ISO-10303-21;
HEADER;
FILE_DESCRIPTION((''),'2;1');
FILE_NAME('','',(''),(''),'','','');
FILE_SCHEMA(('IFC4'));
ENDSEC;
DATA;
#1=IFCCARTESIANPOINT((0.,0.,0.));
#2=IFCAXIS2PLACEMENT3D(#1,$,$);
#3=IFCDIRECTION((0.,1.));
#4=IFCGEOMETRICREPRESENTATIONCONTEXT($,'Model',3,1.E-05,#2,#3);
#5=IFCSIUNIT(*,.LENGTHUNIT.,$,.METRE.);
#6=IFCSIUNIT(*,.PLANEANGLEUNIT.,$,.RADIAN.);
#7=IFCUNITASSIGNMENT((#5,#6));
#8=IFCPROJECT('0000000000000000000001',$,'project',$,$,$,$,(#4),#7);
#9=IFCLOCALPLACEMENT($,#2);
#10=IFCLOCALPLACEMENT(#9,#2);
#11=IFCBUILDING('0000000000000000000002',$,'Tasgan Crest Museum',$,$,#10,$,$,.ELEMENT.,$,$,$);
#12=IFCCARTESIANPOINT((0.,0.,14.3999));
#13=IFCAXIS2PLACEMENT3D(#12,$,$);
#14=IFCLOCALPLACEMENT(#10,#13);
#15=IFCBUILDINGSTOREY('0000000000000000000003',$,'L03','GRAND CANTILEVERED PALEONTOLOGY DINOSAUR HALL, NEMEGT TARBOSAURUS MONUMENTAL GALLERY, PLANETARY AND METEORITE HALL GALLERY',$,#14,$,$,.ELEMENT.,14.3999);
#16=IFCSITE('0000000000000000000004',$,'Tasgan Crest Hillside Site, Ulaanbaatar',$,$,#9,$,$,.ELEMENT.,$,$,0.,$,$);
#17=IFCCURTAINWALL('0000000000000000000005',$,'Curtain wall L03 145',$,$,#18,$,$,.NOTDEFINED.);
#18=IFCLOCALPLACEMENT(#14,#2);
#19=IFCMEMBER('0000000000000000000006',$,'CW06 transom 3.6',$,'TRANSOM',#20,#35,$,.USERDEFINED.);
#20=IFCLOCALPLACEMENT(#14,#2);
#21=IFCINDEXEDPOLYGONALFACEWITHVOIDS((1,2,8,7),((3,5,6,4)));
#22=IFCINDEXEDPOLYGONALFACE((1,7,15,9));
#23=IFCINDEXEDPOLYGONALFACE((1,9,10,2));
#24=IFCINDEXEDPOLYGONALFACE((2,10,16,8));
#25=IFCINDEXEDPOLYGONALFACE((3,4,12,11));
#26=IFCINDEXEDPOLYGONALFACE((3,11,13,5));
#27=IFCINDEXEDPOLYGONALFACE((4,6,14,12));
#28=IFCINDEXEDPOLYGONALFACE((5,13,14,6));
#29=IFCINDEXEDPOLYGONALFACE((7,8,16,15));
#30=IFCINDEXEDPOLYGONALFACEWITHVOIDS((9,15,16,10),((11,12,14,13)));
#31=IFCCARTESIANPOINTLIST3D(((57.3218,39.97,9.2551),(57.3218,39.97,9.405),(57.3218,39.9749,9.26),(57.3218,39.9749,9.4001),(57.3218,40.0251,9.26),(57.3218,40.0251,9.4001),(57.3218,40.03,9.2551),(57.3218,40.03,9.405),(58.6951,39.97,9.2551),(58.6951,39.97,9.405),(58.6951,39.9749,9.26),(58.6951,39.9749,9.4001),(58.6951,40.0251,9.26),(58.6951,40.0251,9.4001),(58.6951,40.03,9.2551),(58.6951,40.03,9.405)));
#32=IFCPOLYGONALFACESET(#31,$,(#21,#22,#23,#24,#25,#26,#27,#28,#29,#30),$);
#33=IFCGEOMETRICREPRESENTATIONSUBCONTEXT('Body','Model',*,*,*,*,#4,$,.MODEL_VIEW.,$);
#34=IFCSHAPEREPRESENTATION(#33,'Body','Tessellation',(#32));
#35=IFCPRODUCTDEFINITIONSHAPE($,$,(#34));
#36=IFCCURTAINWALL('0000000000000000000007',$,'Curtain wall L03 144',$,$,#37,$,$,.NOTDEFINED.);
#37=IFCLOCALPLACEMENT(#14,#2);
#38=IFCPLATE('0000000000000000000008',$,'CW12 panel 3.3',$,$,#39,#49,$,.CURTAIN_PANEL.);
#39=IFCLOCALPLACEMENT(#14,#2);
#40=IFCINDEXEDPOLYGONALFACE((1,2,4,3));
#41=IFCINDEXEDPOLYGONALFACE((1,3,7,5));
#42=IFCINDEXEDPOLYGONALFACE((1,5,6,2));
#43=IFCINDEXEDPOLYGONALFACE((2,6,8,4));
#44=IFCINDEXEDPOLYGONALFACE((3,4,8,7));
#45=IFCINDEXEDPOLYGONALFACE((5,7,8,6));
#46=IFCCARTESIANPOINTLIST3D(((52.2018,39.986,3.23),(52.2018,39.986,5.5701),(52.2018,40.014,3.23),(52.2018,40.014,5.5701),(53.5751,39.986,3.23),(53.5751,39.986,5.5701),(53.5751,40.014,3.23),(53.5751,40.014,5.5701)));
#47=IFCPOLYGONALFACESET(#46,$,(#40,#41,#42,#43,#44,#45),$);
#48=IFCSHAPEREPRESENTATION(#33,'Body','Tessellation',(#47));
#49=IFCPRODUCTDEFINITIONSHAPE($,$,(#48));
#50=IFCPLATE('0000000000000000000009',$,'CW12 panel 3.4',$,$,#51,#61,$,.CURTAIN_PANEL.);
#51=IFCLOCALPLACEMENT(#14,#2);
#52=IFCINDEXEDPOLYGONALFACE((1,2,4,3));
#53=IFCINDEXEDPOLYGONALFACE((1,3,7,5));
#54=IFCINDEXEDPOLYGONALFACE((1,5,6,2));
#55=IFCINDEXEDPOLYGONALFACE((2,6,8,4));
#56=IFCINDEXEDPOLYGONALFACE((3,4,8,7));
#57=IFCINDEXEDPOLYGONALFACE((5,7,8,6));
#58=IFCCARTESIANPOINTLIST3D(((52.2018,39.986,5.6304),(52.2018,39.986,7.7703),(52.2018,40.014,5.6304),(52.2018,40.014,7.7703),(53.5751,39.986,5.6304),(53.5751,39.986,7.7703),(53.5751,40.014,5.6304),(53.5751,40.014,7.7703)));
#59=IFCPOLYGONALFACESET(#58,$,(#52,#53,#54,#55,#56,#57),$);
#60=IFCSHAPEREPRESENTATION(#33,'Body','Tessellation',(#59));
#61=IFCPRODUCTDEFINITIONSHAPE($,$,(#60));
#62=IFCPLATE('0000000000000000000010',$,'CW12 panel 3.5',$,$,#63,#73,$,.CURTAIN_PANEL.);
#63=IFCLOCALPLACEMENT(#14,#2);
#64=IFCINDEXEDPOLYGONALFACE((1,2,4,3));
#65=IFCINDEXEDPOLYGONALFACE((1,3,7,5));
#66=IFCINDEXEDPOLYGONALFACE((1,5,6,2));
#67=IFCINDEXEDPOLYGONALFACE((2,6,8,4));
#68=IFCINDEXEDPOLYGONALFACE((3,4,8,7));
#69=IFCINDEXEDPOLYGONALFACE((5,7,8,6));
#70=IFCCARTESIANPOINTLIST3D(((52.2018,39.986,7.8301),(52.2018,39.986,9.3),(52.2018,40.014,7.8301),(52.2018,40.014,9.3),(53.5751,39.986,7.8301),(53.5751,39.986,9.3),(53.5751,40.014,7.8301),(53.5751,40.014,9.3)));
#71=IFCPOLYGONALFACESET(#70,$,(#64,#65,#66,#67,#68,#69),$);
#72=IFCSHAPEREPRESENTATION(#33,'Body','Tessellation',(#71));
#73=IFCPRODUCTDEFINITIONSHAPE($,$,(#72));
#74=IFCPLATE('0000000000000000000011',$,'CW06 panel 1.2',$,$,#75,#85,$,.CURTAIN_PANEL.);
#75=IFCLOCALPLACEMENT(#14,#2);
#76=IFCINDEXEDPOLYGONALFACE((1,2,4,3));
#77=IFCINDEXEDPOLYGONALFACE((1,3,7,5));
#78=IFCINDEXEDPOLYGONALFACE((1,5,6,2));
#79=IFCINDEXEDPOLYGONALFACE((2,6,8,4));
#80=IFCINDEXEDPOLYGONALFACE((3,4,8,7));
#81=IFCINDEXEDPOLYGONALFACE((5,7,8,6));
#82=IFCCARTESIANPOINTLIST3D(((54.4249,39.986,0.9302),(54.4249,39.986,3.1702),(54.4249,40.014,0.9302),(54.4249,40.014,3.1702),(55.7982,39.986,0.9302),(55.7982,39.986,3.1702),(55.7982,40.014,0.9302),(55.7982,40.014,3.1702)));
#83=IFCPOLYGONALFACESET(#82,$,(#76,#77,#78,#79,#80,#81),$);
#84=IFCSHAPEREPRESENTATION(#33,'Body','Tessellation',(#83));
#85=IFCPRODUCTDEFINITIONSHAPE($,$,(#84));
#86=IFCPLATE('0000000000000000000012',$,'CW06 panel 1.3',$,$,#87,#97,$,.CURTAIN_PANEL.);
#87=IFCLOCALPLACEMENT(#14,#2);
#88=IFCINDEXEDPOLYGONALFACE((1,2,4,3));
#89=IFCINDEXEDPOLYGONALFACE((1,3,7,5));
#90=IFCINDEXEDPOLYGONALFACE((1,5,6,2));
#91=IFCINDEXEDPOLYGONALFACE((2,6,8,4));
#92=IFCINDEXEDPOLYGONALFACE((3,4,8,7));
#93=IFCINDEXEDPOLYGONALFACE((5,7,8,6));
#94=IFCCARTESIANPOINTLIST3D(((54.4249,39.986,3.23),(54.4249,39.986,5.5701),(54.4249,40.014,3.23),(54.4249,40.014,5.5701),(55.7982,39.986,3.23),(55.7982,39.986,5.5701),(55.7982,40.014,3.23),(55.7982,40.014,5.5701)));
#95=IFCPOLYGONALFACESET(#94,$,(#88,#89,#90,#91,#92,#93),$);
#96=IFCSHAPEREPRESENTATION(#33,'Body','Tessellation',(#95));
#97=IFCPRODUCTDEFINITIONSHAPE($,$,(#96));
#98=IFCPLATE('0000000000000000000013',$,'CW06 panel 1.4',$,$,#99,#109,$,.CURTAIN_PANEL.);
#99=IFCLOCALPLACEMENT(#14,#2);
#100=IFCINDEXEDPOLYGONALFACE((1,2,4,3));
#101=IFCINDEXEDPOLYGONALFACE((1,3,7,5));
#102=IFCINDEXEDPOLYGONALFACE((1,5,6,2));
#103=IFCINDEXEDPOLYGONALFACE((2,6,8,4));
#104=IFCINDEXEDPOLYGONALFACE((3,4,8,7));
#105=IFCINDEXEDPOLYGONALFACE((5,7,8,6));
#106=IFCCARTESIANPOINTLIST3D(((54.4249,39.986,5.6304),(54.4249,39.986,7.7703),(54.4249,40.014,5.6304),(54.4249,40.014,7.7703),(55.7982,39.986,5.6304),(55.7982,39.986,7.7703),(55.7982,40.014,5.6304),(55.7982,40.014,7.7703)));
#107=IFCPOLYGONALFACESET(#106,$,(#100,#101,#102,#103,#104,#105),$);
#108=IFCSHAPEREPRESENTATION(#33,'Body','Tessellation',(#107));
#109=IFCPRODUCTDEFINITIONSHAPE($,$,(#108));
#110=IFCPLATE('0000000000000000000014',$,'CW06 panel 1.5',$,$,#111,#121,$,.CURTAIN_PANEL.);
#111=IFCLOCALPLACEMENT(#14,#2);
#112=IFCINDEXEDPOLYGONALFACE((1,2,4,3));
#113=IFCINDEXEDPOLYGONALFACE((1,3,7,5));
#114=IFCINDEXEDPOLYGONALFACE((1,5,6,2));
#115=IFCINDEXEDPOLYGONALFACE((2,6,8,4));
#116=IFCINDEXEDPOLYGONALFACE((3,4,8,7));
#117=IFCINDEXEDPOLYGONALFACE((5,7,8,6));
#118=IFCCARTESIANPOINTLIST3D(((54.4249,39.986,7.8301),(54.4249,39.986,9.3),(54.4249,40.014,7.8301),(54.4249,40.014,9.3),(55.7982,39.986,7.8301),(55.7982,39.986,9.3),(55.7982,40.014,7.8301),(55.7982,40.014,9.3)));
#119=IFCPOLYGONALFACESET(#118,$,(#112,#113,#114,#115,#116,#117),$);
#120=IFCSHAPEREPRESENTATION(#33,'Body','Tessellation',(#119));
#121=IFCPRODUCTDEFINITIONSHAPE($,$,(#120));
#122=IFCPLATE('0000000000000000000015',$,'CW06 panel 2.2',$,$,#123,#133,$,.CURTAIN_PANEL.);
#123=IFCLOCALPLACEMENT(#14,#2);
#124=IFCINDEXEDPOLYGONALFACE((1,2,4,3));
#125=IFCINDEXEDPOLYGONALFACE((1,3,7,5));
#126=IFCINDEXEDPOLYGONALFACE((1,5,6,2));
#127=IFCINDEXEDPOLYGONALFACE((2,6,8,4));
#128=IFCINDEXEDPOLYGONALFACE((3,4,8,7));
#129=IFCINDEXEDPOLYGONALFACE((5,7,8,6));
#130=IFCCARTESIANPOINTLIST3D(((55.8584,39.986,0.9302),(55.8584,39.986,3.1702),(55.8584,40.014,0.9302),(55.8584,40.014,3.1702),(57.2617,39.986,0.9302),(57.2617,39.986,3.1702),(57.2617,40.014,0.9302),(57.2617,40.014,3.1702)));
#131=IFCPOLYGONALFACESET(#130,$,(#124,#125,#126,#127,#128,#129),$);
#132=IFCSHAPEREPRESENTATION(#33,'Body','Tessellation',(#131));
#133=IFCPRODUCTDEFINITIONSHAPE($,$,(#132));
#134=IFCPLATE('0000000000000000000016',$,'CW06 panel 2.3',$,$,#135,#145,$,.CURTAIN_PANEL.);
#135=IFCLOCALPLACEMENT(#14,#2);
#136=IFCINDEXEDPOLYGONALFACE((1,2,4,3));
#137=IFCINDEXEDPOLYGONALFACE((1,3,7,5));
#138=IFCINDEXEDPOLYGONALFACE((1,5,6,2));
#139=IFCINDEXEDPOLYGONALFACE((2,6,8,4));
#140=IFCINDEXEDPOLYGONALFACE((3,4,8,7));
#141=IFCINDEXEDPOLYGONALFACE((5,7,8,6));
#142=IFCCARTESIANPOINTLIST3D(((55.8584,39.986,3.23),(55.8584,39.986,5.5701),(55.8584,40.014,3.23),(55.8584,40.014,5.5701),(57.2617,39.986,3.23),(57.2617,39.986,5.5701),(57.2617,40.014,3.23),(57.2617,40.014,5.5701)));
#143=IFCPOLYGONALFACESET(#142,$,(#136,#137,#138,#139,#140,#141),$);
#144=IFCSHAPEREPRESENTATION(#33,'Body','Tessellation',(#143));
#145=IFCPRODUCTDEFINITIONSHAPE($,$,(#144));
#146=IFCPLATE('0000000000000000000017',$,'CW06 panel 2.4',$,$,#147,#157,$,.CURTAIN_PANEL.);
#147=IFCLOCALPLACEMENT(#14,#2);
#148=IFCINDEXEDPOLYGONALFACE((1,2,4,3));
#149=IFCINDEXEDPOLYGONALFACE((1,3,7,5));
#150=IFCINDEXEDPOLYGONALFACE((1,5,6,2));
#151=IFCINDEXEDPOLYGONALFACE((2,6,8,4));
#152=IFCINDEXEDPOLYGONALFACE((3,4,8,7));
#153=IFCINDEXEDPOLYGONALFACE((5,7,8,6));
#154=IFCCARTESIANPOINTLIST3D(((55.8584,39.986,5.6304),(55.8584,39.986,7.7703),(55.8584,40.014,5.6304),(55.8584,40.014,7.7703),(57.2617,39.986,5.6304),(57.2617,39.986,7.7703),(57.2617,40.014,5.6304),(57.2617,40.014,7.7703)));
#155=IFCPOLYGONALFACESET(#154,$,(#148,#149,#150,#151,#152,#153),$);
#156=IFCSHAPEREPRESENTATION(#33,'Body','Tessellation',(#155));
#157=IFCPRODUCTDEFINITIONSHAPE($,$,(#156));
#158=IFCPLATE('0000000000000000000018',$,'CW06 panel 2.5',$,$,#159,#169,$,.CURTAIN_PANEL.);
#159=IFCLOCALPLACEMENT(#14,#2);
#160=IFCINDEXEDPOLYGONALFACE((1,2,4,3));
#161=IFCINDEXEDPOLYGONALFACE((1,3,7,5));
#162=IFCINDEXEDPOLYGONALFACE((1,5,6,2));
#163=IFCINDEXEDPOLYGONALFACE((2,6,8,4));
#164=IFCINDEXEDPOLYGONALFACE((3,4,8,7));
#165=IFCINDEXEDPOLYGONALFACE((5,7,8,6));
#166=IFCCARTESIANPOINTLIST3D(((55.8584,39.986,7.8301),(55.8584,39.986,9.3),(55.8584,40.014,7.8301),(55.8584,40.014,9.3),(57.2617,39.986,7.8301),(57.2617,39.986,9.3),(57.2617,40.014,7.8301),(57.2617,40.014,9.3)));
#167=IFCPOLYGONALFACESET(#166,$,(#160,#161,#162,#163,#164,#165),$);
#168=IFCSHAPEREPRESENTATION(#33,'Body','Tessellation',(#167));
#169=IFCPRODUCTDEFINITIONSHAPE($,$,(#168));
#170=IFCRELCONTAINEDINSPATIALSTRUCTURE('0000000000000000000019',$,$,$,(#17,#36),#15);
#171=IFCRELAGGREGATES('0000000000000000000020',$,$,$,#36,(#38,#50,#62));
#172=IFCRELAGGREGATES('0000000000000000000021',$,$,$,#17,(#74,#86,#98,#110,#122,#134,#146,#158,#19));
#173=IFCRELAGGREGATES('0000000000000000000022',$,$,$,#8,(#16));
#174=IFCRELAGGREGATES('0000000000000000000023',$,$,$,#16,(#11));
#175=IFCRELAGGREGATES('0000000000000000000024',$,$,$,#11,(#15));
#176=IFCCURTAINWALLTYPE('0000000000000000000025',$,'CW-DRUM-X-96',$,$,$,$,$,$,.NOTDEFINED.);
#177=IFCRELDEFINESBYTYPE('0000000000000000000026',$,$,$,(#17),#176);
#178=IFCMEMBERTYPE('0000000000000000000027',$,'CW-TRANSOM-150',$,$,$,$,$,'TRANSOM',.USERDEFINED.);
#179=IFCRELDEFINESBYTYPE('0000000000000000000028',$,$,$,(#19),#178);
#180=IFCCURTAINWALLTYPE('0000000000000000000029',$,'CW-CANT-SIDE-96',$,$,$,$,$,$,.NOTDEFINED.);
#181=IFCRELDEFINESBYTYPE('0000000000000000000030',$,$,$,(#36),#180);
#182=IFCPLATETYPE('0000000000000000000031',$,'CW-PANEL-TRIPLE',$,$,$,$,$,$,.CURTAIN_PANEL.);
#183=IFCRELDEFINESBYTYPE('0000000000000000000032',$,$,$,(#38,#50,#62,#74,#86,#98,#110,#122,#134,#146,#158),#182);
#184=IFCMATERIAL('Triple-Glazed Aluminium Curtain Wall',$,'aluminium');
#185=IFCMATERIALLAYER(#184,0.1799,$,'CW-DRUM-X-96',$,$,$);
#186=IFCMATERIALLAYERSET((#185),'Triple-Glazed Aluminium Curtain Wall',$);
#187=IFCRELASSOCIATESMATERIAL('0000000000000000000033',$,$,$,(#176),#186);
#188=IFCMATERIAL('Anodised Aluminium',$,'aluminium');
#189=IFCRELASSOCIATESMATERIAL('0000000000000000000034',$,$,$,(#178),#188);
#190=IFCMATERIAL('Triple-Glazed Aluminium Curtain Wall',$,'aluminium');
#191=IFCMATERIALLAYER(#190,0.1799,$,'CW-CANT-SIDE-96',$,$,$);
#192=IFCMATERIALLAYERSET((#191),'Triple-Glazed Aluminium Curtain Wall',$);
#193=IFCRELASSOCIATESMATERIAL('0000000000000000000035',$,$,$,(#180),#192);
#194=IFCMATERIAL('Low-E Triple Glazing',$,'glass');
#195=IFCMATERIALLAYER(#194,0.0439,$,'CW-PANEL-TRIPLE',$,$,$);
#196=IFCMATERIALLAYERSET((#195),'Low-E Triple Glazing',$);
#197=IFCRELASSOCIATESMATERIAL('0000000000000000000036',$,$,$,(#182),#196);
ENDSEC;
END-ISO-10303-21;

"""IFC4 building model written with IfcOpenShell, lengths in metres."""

from ifc_helpers import new_model, si_unit, direction, frame, origin, origin_2d, place, context, subcontext, project, spatial, rectangle, hollow_rectangle, extrude, material, layer, layer_set, material_profile, profile_set, type_object, element, aggregate, save


model = new_model("IFC4")

# Units and contexts
model_context = context("Model", 3, precision=1e-05, world=origin(), true_north=direction((0.0, 1.0)))
body_context = subcontext(model_context, "Body", "Model", "MODEL_VIEW")
ifc_project = project(units=[si_unit("LENGTHUNIT", "METRE"), si_unit("PLANEANGLEUNIT", "RADIAN")], contexts=[model_context])

# Site, building, storey
site_placement = place(None, origin())
site = spatial("IfcSite", under=ifc_project, at=site_placement, Name="Tasgan Crest Hillside Site, Ulaanbaatar", CompositionType="ELEMENT", RefElevation=0.0)
building_placement = place(site_placement, origin())
building = spatial("IfcBuilding", under=site, at=building_placement, Name="Tasgan Crest Museum", CompositionType="ELEMENT")
storey_placement = place(building_placement, frame((0.0, 0.0, 14.3999)))
storey = spatial("IfcBuildingStorey", under=building, at=storey_placement, Name="L03", Description="GRAND CANTILEVERED PALEONTOLOGY DINOSAUR HALL, NEMEGT TARBOSAURUS MONUMENTAL GALLERY, PLANETARY AND METEORITE HALL GALLERY", CompositionType="ELEMENT", Elevation=14.3999)

# Curtain wall, member
ifc_material_1 = material(Name="Triple-Glazed Aluminium Curtain Wall", Category="aluminium")
ifc_layer_1 = layer(ifc_material_1, 0.1799, Name="CW-DRUM-X-96")
ifc_layer_set_1 = layer_set([ifc_layer_1], Name="Triple-Glazed Aluminium Curtain Wall")
curtain_wall_type_1 = type_object("IfcCurtainWallType", Name="CW-DRUM-X-96", PredefinedType="NOTDEFINED", material=ifc_layer_set_1)
curtain_wall_1_placement = place(storey_placement, origin())
curtain_wall_1 = element("IfcCurtainWall", 1, at=curtain_wall_1_placement, inside=storey, type_object=curtain_wall_type_1, Name="Curtain wall L03 145", PredefinedType="NOTDEFINED")
ifc_material_2 = material(Name="Anodised Aluminium", Category="aluminium")
ifc_material_profile = material_profile(ifc_material_2, hollow_rectangle(XDim=0.0601, YDim=0.1499, WallThickness=0.0049, at=origin_2d()), Name="ALU TRANSOM 150x60x5")
ifc_profile_set = profile_set([ifc_material_profile], Name="Anodised Aluminium")
member_type = type_object("IfcMemberType", Name="CW-TRANSOM-150", ElementType="TRANSOM", PredefinedType="USERDEFINED", material=ifc_profile_set)
member_1_placement = place(storey_placement, frame((57.3218, 40.0, 9.3301), z_axis=(1.0, 0.0, 0.0), x_axis=(0.0, 1.0, 0.0)))
member_1 = element("IfcMember", 2, at=member_1_placement, type_object=member_type, Name="CW06 transom 3.6", ObjectType="TRANSOM", PredefinedType="USERDEFINED", context=body_context, shape_type="SweptSolid", body=[
    extrude(hollow_rectangle(XDim=0.0601, YDim=0.1499, WallThickness=0.0049, at=origin_2d()), origin(), (0.0, 0.0, 1.0), 1.3733),
])

# Curtain wall, plates
ifc_material_3 = material(Name="Triple-Glazed Aluminium Curtain Wall", Category="aluminium")
ifc_layer_2 = layer(ifc_material_3, 0.1799, Name="CW-CANT-SIDE-96")
ifc_layer_set_2 = layer_set([ifc_layer_2], Name="Triple-Glazed Aluminium Curtain Wall")
curtain_wall_type_2 = type_object("IfcCurtainWallType", Name="CW-CANT-SIDE-96", PredefinedType="NOTDEFINED", material=ifc_layer_set_2)
curtain_wall_2_placement = place(storey_placement, origin())
curtain_wall_2 = element("IfcCurtainWall", 3, at=curtain_wall_2_placement, inside=storey, type_object=curtain_wall_type_2, Name="Curtain wall L03 144", PredefinedType="NOTDEFINED")
ifc_material_4 = material(Name="Low-E Triple Glazing", Category="glass")
ifc_layer_3 = layer(ifc_material_4, 0.0439, Name="CW-PANEL-TRIPLE")
ifc_layer_set_3 = layer_set([ifc_layer_3], Name="Low-E Triple Glazing")
plate_type = type_object("IfcPlateType", Name="CW-PANEL-TRIPLE", PredefinedType="CURTAIN_PANEL", material=ifc_layer_set_3)
plate_1_placement = place(storey_placement, frame((52.8884, 40.0, 3.23), z_axis=(0.0, 0.0, 1.0), x_axis=(1.0, 0.0, 0.0)))
plate_1 = element("IfcPlate", 4, at=plate_1_placement, type_object=plate_type, Name="CW12 panel 3.3", PredefinedType="CURTAIN_PANEL", context=body_context, shape_type="SweptSolid", body=[
    extrude(rectangle(XDim=1.3733, YDim=0.0281, at=origin_2d()), origin(), (0.0, 0.0, 1.0), 2.3401),
])
plate_2_placement = place(storey_placement, frame((52.8884, 40.0, 5.6304), z_axis=(0.0, 0.0, 1.0), x_axis=(1.0, 0.0, 0.0)))
plate_2 = element("IfcPlate", 5, at=plate_2_placement, type_object=plate_type, Name="CW12 panel 3.4", PredefinedType="CURTAIN_PANEL", context=body_context, shape_type="SweptSolid", body=[
    extrude(rectangle(XDim=1.3733, YDim=0.0281, at=origin_2d()), origin(), (0.0, 0.0, 1.0), 2.1399),
])
plate_3_placement = place(storey_placement, frame((52.8884, 40.0, 7.8301), z_axis=(0.0, 0.0, 1.0), x_axis=(1.0, 0.0, 0.0)))
plate_3 = element("IfcPlate", 6, at=plate_3_placement, type_object=plate_type, Name="CW12 panel 3.5", PredefinedType="CURTAIN_PANEL", context=body_context, shape_type="SweptSolid", body=[
    extrude(rectangle(XDim=1.3733, YDim=0.0281, at=origin_2d()), origin(), (0.0, 0.0, 1.0), 1.47),
])
aggregate(curtain_wall_2, [plate_1, plate_2, plate_3])

# Plates
plate_4_placement = place(storey_placement, frame((55.1116, 40.0, 0.9302), z_axis=(0.0, 0.0, 1.0), x_axis=(1.0, 0.0, 0.0)))
plate_4 = element("IfcPlate", 7, at=plate_4_placement, type_object=plate_type, Name="CW06 panel 1.2", PredefinedType="CURTAIN_PANEL", context=body_context, shape_type="SweptSolid", body=[
    extrude(rectangle(XDim=1.3733, YDim=0.0281, at=origin_2d()), origin(), (0.0, 0.0, 1.0), 2.24),
])
plate_5_placement = place(storey_placement, frame((55.1116, 40.0, 3.23), z_axis=(0.0, 0.0, 1.0), x_axis=(1.0, 0.0, 0.0)))
plate_5 = element("IfcPlate", 8, at=plate_5_placement, type_object=plate_type, Name="CW06 panel 1.3", PredefinedType="CURTAIN_PANEL", context=body_context, shape_type="SweptSolid", body=[
    extrude(rectangle(XDim=1.3733, YDim=0.0281, at=origin_2d()), origin(), (0.0, 0.0, 1.0), 2.3401),
])
plate_6_placement = place(storey_placement, frame((55.1116, 40.0, 5.6304), z_axis=(0.0, 0.0, 1.0), x_axis=(1.0, 0.0, 0.0)))
plate_6 = element("IfcPlate", 9, at=plate_6_placement, type_object=plate_type, Name="CW06 panel 1.4", PredefinedType="CURTAIN_PANEL", context=body_context, shape_type="SweptSolid", body=[
    extrude(rectangle(XDim=1.3733, YDim=0.0281, at=origin_2d()), origin(), (0.0, 0.0, 1.0), 2.1399),
])
plate_7_placement = place(storey_placement, frame((55.1116, 40.0, 7.8301), z_axis=(0.0, 0.0, 1.0), x_axis=(1.0, 0.0, 0.0)))
plate_7 = element("IfcPlate", 10, at=plate_7_placement, type_object=plate_type, Name="CW06 panel 1.5", PredefinedType="CURTAIN_PANEL", context=body_context, shape_type="SweptSolid", body=[
    extrude(rectangle(XDim=1.3733, YDim=0.0281, at=origin_2d()), origin(), (0.0, 0.0, 1.0), 1.47),
])
plate_8_placement = place(storey_placement, frame((56.5601, 40.0, 0.9302), z_axis=(0.0, 0.0, 1.0), x_axis=(1.0, 0.0, 0.0)))
plate_8 = element("IfcPlate", 11, at=plate_8_placement, type_object=plate_type, Name="CW06 panel 2.2", PredefinedType="CURTAIN_PANEL", context=body_context, shape_type="SweptSolid", body=[
    extrude(rectangle(XDim=1.4033, YDim=0.0281, at=origin_2d()), origin(), (0.0, 0.0, 1.0), 2.24),
])
plate_9_placement = place(storey_placement, frame((56.5601, 40.0, 3.23), z_axis=(0.0, 0.0, 1.0), x_axis=(1.0, 0.0, 0.0)))
plate_9 = element("IfcPlate", 12, at=plate_9_placement, type_object=plate_type, Name="CW06 panel 2.3", PredefinedType="CURTAIN_PANEL", context=body_context, shape_type="SweptSolid", body=[
    extrude(rectangle(XDim=1.4033, YDim=0.0281, at=origin_2d()), origin(), (0.0, 0.0, 1.0), 2.3401),
])
plate_10_placement = place(storey_placement, frame((56.5601, 40.0, 5.6304), z_axis=(0.0, 0.0, 1.0), x_axis=(1.0, 0.0, 0.0)))
plate_10 = element("IfcPlate", 13, at=plate_10_placement, type_object=plate_type, Name="CW06 panel 2.4", PredefinedType="CURTAIN_PANEL", context=body_context, shape_type="SweptSolid", body=[
    extrude(rectangle(XDim=1.4033, YDim=0.0281, at=origin_2d()), origin(), (0.0, 0.0, 1.0), 2.1399),
])
plate_11_placement = place(storey_placement, frame((56.5601, 40.0, 7.8301), z_axis=(0.0, 0.0, 1.0), x_axis=(1.0, 0.0, 0.0)))
plate_11 = element("IfcPlate", 14, at=plate_11_placement, type_object=plate_type, Name="CW06 panel 2.5", PredefinedType="CURTAIN_PANEL", context=body_context, shape_type="SweptSolid", body=[
    extrude(rectangle(XDim=1.4033, YDim=0.0281, at=origin_2d()), origin(), (0.0, 0.0, 1.0), 1.47),
])
aggregate(curtain_wall_1, [plate_4, plate_5, plate_6, plate_7, plate_8, plate_9, plate_10, plate_11, member_1])

save(model, "model.ifc")
